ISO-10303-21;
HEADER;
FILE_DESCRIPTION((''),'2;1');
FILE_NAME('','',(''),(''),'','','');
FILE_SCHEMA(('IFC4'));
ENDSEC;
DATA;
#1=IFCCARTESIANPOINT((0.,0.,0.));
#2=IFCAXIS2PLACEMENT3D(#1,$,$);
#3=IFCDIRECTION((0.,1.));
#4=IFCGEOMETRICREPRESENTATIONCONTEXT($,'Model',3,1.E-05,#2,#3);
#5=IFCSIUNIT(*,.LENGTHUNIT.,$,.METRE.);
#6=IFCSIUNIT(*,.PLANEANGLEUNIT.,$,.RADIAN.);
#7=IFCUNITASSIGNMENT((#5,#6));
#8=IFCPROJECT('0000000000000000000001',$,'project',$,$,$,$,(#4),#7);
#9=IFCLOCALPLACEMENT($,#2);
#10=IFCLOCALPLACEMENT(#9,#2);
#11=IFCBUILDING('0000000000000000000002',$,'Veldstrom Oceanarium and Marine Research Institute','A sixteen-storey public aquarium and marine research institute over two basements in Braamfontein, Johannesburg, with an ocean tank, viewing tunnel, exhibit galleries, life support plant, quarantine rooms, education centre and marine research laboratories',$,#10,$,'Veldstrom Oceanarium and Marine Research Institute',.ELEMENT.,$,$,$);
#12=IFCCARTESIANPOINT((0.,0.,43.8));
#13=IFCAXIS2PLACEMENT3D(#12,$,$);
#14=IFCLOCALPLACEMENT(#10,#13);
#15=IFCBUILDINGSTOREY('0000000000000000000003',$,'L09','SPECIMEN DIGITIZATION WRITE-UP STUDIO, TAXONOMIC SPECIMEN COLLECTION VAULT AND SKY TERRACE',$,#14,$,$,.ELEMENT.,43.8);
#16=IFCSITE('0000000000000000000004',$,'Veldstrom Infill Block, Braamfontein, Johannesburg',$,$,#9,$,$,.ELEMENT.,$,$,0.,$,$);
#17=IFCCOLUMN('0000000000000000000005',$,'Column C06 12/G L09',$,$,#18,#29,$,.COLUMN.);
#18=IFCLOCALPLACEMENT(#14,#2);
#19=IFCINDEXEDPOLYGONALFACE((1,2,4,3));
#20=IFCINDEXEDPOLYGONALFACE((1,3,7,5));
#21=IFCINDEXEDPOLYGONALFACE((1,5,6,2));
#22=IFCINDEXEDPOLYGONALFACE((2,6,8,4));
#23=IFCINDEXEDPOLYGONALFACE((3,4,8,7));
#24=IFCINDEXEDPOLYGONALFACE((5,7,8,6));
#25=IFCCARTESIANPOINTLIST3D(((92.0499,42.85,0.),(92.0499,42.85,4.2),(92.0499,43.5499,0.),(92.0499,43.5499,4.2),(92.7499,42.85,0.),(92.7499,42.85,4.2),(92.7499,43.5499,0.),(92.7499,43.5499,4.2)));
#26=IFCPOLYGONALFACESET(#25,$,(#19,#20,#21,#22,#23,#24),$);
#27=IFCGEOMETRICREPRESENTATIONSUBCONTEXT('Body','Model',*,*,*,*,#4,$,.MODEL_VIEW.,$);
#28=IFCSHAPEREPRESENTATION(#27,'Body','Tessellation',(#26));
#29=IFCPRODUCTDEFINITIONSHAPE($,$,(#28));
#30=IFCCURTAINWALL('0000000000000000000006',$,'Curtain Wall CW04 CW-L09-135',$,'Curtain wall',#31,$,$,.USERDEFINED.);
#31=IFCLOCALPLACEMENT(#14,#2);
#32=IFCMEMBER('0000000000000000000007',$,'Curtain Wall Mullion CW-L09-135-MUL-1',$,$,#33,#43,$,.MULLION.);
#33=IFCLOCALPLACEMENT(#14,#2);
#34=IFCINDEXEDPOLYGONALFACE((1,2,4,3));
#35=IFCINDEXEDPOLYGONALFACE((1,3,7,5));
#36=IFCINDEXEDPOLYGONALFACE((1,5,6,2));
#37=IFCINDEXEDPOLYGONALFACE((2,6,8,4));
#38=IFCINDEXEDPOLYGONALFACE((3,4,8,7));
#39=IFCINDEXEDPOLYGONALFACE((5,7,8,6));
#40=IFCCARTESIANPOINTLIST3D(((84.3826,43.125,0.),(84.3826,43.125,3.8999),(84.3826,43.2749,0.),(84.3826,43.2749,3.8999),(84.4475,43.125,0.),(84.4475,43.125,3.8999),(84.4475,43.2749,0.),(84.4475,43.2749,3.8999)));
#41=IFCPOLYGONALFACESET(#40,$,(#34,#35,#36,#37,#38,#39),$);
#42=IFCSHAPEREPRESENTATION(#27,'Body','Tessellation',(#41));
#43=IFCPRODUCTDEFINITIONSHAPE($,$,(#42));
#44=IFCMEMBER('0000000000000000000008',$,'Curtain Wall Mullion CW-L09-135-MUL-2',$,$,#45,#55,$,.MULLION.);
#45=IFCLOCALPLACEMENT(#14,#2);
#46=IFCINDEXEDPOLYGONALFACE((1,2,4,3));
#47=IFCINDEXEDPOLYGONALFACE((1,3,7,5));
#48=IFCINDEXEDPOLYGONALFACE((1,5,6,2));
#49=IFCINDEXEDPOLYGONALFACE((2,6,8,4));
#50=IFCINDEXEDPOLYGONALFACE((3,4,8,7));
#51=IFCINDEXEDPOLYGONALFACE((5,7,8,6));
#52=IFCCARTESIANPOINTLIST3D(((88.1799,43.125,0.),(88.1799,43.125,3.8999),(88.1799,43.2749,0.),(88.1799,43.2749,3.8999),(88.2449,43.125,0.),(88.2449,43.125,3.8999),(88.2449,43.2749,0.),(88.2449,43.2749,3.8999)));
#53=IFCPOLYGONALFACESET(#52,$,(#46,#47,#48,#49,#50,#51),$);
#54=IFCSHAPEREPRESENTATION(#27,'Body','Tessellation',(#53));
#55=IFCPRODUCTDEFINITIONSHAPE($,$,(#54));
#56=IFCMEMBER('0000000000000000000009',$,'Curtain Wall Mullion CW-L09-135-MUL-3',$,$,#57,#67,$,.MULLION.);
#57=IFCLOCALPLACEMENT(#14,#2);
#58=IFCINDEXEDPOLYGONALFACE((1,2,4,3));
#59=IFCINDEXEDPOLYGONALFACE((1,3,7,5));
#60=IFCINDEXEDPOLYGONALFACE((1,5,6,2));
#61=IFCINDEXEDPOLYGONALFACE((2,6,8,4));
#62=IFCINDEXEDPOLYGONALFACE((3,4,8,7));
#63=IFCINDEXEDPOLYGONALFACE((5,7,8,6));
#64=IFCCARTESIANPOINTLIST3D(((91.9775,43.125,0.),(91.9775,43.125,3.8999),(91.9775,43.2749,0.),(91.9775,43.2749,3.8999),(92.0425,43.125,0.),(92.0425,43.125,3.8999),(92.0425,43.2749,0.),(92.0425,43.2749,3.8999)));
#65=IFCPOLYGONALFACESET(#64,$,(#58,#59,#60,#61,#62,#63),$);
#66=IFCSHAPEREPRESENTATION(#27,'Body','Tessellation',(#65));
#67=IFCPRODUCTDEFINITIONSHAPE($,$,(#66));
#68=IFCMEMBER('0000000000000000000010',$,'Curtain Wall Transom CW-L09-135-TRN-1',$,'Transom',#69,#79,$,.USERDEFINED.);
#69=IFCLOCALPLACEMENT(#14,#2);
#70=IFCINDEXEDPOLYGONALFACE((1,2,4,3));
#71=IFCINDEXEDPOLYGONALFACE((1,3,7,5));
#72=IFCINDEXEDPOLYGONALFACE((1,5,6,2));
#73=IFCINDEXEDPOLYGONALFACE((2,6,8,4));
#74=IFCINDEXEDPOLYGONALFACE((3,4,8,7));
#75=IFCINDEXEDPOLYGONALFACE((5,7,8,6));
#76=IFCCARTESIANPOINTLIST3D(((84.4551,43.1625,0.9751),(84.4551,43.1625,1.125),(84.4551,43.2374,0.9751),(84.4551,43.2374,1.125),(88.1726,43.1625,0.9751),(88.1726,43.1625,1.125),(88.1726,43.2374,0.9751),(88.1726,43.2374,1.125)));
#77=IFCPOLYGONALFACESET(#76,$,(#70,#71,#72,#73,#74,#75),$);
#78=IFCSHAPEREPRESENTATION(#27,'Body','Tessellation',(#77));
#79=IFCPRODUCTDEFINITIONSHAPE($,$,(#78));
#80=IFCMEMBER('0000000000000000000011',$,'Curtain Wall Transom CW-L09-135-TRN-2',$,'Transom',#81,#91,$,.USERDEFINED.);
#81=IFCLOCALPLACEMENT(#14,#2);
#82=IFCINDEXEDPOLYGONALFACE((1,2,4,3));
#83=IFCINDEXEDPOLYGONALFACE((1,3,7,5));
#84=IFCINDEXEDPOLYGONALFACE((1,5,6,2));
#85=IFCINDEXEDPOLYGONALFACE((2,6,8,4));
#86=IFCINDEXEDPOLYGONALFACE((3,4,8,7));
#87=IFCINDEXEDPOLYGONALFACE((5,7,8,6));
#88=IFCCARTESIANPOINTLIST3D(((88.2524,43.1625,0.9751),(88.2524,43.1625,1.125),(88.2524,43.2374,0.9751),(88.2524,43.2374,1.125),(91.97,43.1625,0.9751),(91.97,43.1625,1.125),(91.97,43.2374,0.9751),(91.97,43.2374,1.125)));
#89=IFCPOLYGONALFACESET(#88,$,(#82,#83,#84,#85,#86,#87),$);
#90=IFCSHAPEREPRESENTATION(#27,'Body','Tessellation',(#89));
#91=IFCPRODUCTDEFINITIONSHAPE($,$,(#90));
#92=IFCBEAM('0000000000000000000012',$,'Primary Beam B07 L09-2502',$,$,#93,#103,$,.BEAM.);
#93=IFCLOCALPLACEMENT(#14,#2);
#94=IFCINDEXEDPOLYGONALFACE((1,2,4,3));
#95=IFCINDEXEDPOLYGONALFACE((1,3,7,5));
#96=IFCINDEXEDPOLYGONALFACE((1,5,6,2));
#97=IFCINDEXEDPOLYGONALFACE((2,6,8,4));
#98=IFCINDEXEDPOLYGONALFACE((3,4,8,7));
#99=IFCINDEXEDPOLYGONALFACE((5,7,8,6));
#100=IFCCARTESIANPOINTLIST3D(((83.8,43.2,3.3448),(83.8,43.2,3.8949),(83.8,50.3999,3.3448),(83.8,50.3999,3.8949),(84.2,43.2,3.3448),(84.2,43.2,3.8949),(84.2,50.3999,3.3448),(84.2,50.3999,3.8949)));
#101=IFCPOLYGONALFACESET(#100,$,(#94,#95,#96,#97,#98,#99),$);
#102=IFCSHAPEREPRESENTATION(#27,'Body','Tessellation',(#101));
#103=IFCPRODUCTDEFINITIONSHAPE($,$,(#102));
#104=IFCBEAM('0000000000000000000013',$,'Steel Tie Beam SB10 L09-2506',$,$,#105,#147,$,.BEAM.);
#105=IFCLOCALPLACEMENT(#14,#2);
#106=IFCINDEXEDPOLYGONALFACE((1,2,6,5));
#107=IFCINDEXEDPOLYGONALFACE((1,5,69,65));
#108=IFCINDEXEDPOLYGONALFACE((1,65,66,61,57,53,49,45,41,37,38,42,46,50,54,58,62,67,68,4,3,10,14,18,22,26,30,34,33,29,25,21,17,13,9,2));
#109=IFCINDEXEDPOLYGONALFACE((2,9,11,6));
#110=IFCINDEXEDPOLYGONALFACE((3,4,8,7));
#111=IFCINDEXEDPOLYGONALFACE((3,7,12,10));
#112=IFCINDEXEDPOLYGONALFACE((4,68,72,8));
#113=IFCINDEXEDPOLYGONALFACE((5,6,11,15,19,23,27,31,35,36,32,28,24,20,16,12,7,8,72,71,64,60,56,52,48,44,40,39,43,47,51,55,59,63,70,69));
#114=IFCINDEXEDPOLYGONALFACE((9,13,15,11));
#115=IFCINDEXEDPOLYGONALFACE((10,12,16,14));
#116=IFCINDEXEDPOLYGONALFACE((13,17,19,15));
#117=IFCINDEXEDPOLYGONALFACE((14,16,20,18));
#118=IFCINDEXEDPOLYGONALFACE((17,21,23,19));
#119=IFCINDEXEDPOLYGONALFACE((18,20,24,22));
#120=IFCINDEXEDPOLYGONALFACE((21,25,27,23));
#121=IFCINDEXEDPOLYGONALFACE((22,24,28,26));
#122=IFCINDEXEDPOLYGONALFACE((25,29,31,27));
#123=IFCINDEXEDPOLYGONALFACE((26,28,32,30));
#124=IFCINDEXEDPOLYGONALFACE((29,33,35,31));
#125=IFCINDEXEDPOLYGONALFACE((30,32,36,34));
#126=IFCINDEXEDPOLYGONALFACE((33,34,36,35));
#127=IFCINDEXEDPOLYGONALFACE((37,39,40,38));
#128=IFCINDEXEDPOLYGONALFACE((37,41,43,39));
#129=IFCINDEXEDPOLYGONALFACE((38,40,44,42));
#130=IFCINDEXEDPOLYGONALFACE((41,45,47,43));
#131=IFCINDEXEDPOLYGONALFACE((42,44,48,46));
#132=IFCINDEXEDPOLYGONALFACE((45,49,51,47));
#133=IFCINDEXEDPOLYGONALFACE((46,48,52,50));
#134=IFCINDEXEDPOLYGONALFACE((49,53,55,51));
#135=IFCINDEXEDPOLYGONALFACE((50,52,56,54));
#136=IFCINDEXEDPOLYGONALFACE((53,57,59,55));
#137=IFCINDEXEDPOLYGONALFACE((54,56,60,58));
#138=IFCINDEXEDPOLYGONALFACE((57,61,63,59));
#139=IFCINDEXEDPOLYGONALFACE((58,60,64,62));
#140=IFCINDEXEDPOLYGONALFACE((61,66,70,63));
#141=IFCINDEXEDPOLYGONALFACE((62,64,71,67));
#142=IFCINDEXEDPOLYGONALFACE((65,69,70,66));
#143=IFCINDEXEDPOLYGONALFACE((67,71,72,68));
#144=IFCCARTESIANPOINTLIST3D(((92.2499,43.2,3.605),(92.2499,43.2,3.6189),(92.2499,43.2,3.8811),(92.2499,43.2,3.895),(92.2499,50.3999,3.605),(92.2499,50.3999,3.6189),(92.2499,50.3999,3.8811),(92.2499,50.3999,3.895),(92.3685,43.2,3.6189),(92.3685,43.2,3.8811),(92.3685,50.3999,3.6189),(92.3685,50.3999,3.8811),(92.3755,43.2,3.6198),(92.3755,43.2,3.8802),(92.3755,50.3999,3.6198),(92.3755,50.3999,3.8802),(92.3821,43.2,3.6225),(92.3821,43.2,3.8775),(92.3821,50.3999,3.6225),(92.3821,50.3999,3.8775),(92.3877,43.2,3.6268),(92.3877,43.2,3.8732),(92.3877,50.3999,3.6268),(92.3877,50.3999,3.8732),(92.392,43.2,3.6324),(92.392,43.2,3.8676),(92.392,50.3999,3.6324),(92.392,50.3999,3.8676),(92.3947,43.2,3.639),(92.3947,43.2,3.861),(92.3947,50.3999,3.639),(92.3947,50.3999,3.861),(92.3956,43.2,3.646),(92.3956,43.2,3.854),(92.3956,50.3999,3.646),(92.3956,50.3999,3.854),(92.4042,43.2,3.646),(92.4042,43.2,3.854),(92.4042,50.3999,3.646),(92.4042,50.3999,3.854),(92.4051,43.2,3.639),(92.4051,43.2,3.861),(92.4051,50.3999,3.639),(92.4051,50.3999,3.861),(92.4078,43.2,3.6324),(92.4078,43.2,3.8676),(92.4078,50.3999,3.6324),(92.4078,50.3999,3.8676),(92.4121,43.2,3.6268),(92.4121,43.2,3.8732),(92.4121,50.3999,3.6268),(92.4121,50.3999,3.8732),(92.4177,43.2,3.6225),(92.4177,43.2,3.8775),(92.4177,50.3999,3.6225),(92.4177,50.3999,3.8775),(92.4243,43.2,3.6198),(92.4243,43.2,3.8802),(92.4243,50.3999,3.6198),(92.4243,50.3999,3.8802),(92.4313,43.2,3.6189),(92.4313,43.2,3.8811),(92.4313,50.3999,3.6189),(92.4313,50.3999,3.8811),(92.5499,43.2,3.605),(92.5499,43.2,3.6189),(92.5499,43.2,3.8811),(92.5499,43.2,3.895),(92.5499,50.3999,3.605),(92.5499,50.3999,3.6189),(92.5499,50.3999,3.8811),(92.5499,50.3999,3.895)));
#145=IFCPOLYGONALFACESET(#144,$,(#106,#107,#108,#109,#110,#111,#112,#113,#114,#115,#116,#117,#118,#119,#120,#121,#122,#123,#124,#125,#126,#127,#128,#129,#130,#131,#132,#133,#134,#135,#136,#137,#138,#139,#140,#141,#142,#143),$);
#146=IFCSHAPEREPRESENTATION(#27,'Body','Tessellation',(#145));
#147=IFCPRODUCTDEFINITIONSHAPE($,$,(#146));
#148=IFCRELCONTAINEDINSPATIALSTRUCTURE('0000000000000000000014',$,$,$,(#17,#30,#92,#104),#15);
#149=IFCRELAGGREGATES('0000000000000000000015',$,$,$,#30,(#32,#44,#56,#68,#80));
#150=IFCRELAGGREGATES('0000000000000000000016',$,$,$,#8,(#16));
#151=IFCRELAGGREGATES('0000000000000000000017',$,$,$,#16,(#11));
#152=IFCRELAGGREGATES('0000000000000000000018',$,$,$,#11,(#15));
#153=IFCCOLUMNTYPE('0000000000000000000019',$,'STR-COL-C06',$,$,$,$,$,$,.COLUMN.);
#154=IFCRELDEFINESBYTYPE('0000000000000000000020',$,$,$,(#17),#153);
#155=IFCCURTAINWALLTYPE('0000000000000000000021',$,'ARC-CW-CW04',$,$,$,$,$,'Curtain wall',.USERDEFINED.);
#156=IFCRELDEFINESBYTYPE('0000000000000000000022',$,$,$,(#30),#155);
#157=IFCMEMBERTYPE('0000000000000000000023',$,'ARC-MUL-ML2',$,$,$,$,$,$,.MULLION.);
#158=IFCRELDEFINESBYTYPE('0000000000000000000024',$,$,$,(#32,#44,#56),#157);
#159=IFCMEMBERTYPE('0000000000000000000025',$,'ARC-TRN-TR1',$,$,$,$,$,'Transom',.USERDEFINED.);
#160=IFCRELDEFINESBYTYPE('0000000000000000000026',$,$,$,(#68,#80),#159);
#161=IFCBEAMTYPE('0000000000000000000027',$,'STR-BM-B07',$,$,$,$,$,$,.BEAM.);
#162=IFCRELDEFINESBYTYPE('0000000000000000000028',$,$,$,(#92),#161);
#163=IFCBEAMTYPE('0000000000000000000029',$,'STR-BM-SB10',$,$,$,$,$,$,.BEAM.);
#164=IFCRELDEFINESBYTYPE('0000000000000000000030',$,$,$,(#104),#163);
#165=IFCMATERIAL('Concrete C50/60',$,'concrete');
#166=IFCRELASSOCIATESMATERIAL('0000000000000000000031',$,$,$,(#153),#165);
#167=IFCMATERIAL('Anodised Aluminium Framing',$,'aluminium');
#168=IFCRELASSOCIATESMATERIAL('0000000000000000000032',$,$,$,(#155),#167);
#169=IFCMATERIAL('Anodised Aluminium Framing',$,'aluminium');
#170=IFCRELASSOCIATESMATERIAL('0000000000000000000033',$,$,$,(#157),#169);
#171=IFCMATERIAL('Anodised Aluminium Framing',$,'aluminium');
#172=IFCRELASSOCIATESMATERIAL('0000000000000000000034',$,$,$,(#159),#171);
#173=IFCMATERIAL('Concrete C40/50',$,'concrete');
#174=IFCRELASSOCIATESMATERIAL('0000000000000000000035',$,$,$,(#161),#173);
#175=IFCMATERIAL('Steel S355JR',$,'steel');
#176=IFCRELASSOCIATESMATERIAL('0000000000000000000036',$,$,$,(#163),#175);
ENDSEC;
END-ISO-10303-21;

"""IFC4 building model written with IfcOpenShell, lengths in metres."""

from ifc_helpers import new_model, si_unit, direction, frame, origin, origin_2d, place, context, subcontext, project, spatial, rectangle, i_section, extrude, material, material_profile, profile_set, type_object, element, aggregate, save


model = new_model("IFC4")

# Units and contexts
model_context = context("Model", 3, precision=1e-05, world=origin(), true_north=direction((0.0, 1.0)))
body_context = subcontext(model_context, "Body", "Model", "MODEL_VIEW")
ifc_project = project(units=[si_unit("LENGTHUNIT", "METRE"), si_unit("PLANEANGLEUNIT", "RADIAN")], contexts=[model_context])

# Site, building, storey
site_placement = place(None, origin())
site = spatial("IfcSite", under=ifc_project, at=site_placement, Name="Veldstrom Infill Block, Braamfontein, Johannesburg", CompositionType="ELEMENT", RefElevation=0.0)
building_placement = place(site_placement, origin())
building = spatial("IfcBuilding", under=site, at=building_placement, Name="Veldstrom Oceanarium and Marine Research Institute", Description="A sixteen-storey public aquarium and marine research institute over two basements in Braamfontein, Johannesburg, with an ocean tank, viewing tunnel, exhibit galleries, life support plant, quarantine rooms, education centre and marine research laboratories", LongName="Veldstrom Oceanarium and Marine Research Institute", CompositionType="ELEMENT")
storey_placement = place(building_placement, frame((0.0, 0.0, 43.8)))
storey = spatial("IfcBuildingStorey", under=building, at=storey_placement, Name="L09", Description="SPECIMEN DIGITIZATION WRITE-UP STUDIO, TAXONOMIC SPECIMEN COLLECTION VAULT AND SKY TERRACE", CompositionType="ELEMENT", Elevation=43.8)

# Column
ifc_material_1 = material(Name="Concrete C50/60", Category="concrete")
ifc_material_profile_1 = material_profile(ifc_material_1, rectangle(XDim=0.7, YDim=0.7, at=origin_2d()), Name="RC-COL-700x700")
ifc_profile_set_1 = profile_set([ifc_material_profile_1], Name="Concrete C50/60")
column_type = type_object("IfcColumnType", Name="STR-COL-C06", PredefinedType="COLUMN", material=ifc_profile_set_1)
column_placement = place(storey_placement, frame((92.3999, 43.2, 0.0), z_axis=(0.0, 0.0, 1.0), x_axis=(1.0, 0.0, 0.0)))
element("IfcColumn", 1, at=column_placement, inside=storey, type_object=column_type, Name="Column C06 12/G L09", PredefinedType="COLUMN", context=body_context, shape_type="SweptSolid", body=[
    extrude(rectangle(XDim=0.7, YDim=0.7, at=origin_2d()), origin(), (0.0, 0.0, 1.0), 4.2),
])

# Curtain wall, members
ifc_material_2 = material(Name="Anodised Aluminium Framing", Category="aluminium")
curtain_wall_type = type_object("IfcCurtainWallType", Name="ARC-CW-CW04", ElementType="Curtain wall", PredefinedType="USERDEFINED", material=ifc_material_2)
curtain_wall_placement = place(storey_placement, origin())
curtain_wall = element("IfcCurtainWall", 2, at=curtain_wall_placement, inside=storey, type_object=curtain_wall_type, Name="Curtain Wall CW04 CW-L09-135", ObjectType="Curtain wall", PredefinedType="USERDEFINED")
ifc_material_3 = material(Name="Anodised Aluminium Framing", Category="aluminium")
ifc_material_profile_2 = material_profile(ifc_material_3, rectangle(XDim=0.0649, YDim=0.1499, at=origin_2d()), Name="ALU-MUL-65x150")
ifc_profile_set_2 = profile_set([ifc_material_profile_2], Name="Anodised Aluminium Framing")
member_type_1 = type_object("IfcMemberType", Name="ARC-MUL-ML2", PredefinedType="MULLION", material=ifc_profile_set_2)
member_1_placement = place(storey_placement, frame((84.415, 43.2, 0.0), z_axis=(0.0, 0.0, 1.0), x_axis=(1.0, 0.0, 0.0)))
member_1 = element("IfcMember", 3, at=member_1_placement, type_object=member_type_1, Name="Curtain Wall Mullion CW-L09-135-MUL-1", PredefinedType="MULLION", context=body_context, shape_type="SweptSolid", body=[
    extrude(rectangle(XDim=0.0649, YDim=0.1499, at=origin_2d()), origin(), (0.0, 0.0, 1.0), 3.8999),
])
member_2_placement = place(storey_placement, frame((88.2124, 43.2, 0.0), z_axis=(0.0, 0.0, 1.0), x_axis=(1.0, 0.0, 0.0)))
member_2 = element("IfcMember", 4, at=member_2_placement, type_object=member_type_1, Name="Curtain Wall Mullion CW-L09-135-MUL-2", PredefinedType="MULLION", context=body_context, shape_type="SweptSolid", body=[
    extrude(rectangle(XDim=0.0649, YDim=0.1499, at=origin_2d()), origin(), (0.0, 0.0, 1.0), 3.8999),
])
member_3_placement = place(storey_placement, frame((92.01, 43.2, 0.0), z_axis=(0.0, 0.0, 1.0), x_axis=(1.0, 0.0, 0.0)))
member_3 = element("IfcMember", 5, at=member_3_placement, type_object=member_type_1, Name="Curtain Wall Mullion CW-L09-135-MUL-3", PredefinedType="MULLION", context=body_context, shape_type="SweptSolid", body=[
    extrude(rectangle(XDim=0.0649, YDim=0.1499, at=origin_2d()), origin(), (0.0, 0.0, 1.0), 3.8999),
])
ifc_material_4 = material(Name="Anodised Aluminium Framing", Category="aluminium")
ifc_material_profile_3 = material_profile(ifc_material_4, rectangle(XDim=0.075, YDim=0.1499, at=origin_2d()), Name="ALU-TRN-75x150")
ifc_profile_set_3 = profile_set([ifc_material_profile_3], Name="Anodised Aluminium Framing")
member_type_2 = type_object("IfcMemberType", Name="ARC-TRN-TR1", ElementType="Transom", PredefinedType="USERDEFINED", material=ifc_profile_set_3)
member_4_placement = place(storey_placement, frame((84.4551, 43.2, 1.05), z_axis=(1.0, 0.0, 0.0), x_axis=(0.0, 1.0, 0.0)))
member_4 = element("IfcMember", 6, at=member_4_placement, type_object=member_type_2, Name="Curtain Wall Transom CW-L09-135-TRN-1", ObjectType="Transom", PredefinedType="USERDEFINED", context=body_context, shape_type="SweptSolid", body=[
    extrude(rectangle(XDim=0.075, YDim=0.1499, at=origin_2d()), origin(), (0.0, 0.0, 1.0), 3.7175),
])
member_5_placement = place(storey_placement, frame((88.2524, 43.2, 1.05), z_axis=(1.0, 0.0, 0.0), x_axis=(0.0, 1.0, 0.0)))
member_5 = element("IfcMember", 7, at=member_5_placement, type_object=member_type_2, Name="Curtain Wall Transom CW-L09-135-TRN-2", ObjectType="Transom", PredefinedType="USERDEFINED", context=body_context, shape_type="SweptSolid", body=[
    extrude(rectangle(XDim=0.075, YDim=0.1499, at=origin_2d()), origin(), (0.0, 0.0, 1.0), 3.7175),
])

# Beams
ifc_material_5 = material(Name="Concrete C40/50", Category="concrete")
ifc_material_profile_4 = material_profile(ifc_material_5, rectangle(XDim=0.3999, YDim=0.55, at=origin_2d()), Name="RC-BM-400x550")
ifc_profile_set_4 = profile_set([ifc_material_profile_4], Name="Concrete C40/50")
beam_type_1 = type_object("IfcBeamType", Name="STR-BM-B07", PredefinedType="BEAM", material=ifc_profile_set_4)
beam_1_placement = place(storey_placement, frame((84.0, 43.2, 3.6199), z_axis=(0.0, 1.0, 0.0), x_axis=(-1.0, 0.0, 0.0)))
element("IfcBeam", 8, at=beam_1_placement, inside=storey, type_object=beam_type_1, Name="Primary Beam B07 L09-2502", PredefinedType="BEAM", context=body_context, shape_type="SweptSolid", body=[
    extrude(rectangle(XDim=0.3999, YDim=0.55, at=origin_2d()), origin(), (0.0, 0.0, 1.0), 7.2),
])
ifc_material_6 = material(Name="Steel S355JR", Category="steel")
ifc_material_profile_5 = material_profile(ifc_material_6, i_section(OverallWidth=0.3, OverallDepth=0.29, WebThickness=0.0085, FlangeThickness=0.0139, FilletRadius=0.0271, at=origin_2d()), Name="HEA 300")
ifc_profile_set_5 = profile_set([ifc_material_profile_5], Name="Steel S355JR")
beam_type_2 = type_object("IfcBeamType", Name="STR-BM-SB10", PredefinedType="BEAM", material=ifc_profile_set_5)
beam_2_placement = place(storey_placement, frame((92.3999, 43.2, 3.75), z_axis=(0.0, 1.0, 0.0), x_axis=(-1.0, 0.0, 0.0)))
element("IfcBeam", 9, at=beam_2_placement, inside=storey, type_object=beam_type_2, Name="Steel Tie Beam SB10 L09-2506", PredefinedType="BEAM", context=body_context, shape_type="SweptSolid", body=[
    extrude(i_section(OverallWidth=0.3, OverallDepth=0.29, WebThickness=0.0085, FlangeThickness=0.0139, FilletRadius=0.0271, at=origin_2d()), origin(), (0.0, 0.0, 1.0), 7.2),
])

aggregate(curtain_wall, [member_1, member_2, member_3, member_4, member_5])

save(model, "model.ifc")
